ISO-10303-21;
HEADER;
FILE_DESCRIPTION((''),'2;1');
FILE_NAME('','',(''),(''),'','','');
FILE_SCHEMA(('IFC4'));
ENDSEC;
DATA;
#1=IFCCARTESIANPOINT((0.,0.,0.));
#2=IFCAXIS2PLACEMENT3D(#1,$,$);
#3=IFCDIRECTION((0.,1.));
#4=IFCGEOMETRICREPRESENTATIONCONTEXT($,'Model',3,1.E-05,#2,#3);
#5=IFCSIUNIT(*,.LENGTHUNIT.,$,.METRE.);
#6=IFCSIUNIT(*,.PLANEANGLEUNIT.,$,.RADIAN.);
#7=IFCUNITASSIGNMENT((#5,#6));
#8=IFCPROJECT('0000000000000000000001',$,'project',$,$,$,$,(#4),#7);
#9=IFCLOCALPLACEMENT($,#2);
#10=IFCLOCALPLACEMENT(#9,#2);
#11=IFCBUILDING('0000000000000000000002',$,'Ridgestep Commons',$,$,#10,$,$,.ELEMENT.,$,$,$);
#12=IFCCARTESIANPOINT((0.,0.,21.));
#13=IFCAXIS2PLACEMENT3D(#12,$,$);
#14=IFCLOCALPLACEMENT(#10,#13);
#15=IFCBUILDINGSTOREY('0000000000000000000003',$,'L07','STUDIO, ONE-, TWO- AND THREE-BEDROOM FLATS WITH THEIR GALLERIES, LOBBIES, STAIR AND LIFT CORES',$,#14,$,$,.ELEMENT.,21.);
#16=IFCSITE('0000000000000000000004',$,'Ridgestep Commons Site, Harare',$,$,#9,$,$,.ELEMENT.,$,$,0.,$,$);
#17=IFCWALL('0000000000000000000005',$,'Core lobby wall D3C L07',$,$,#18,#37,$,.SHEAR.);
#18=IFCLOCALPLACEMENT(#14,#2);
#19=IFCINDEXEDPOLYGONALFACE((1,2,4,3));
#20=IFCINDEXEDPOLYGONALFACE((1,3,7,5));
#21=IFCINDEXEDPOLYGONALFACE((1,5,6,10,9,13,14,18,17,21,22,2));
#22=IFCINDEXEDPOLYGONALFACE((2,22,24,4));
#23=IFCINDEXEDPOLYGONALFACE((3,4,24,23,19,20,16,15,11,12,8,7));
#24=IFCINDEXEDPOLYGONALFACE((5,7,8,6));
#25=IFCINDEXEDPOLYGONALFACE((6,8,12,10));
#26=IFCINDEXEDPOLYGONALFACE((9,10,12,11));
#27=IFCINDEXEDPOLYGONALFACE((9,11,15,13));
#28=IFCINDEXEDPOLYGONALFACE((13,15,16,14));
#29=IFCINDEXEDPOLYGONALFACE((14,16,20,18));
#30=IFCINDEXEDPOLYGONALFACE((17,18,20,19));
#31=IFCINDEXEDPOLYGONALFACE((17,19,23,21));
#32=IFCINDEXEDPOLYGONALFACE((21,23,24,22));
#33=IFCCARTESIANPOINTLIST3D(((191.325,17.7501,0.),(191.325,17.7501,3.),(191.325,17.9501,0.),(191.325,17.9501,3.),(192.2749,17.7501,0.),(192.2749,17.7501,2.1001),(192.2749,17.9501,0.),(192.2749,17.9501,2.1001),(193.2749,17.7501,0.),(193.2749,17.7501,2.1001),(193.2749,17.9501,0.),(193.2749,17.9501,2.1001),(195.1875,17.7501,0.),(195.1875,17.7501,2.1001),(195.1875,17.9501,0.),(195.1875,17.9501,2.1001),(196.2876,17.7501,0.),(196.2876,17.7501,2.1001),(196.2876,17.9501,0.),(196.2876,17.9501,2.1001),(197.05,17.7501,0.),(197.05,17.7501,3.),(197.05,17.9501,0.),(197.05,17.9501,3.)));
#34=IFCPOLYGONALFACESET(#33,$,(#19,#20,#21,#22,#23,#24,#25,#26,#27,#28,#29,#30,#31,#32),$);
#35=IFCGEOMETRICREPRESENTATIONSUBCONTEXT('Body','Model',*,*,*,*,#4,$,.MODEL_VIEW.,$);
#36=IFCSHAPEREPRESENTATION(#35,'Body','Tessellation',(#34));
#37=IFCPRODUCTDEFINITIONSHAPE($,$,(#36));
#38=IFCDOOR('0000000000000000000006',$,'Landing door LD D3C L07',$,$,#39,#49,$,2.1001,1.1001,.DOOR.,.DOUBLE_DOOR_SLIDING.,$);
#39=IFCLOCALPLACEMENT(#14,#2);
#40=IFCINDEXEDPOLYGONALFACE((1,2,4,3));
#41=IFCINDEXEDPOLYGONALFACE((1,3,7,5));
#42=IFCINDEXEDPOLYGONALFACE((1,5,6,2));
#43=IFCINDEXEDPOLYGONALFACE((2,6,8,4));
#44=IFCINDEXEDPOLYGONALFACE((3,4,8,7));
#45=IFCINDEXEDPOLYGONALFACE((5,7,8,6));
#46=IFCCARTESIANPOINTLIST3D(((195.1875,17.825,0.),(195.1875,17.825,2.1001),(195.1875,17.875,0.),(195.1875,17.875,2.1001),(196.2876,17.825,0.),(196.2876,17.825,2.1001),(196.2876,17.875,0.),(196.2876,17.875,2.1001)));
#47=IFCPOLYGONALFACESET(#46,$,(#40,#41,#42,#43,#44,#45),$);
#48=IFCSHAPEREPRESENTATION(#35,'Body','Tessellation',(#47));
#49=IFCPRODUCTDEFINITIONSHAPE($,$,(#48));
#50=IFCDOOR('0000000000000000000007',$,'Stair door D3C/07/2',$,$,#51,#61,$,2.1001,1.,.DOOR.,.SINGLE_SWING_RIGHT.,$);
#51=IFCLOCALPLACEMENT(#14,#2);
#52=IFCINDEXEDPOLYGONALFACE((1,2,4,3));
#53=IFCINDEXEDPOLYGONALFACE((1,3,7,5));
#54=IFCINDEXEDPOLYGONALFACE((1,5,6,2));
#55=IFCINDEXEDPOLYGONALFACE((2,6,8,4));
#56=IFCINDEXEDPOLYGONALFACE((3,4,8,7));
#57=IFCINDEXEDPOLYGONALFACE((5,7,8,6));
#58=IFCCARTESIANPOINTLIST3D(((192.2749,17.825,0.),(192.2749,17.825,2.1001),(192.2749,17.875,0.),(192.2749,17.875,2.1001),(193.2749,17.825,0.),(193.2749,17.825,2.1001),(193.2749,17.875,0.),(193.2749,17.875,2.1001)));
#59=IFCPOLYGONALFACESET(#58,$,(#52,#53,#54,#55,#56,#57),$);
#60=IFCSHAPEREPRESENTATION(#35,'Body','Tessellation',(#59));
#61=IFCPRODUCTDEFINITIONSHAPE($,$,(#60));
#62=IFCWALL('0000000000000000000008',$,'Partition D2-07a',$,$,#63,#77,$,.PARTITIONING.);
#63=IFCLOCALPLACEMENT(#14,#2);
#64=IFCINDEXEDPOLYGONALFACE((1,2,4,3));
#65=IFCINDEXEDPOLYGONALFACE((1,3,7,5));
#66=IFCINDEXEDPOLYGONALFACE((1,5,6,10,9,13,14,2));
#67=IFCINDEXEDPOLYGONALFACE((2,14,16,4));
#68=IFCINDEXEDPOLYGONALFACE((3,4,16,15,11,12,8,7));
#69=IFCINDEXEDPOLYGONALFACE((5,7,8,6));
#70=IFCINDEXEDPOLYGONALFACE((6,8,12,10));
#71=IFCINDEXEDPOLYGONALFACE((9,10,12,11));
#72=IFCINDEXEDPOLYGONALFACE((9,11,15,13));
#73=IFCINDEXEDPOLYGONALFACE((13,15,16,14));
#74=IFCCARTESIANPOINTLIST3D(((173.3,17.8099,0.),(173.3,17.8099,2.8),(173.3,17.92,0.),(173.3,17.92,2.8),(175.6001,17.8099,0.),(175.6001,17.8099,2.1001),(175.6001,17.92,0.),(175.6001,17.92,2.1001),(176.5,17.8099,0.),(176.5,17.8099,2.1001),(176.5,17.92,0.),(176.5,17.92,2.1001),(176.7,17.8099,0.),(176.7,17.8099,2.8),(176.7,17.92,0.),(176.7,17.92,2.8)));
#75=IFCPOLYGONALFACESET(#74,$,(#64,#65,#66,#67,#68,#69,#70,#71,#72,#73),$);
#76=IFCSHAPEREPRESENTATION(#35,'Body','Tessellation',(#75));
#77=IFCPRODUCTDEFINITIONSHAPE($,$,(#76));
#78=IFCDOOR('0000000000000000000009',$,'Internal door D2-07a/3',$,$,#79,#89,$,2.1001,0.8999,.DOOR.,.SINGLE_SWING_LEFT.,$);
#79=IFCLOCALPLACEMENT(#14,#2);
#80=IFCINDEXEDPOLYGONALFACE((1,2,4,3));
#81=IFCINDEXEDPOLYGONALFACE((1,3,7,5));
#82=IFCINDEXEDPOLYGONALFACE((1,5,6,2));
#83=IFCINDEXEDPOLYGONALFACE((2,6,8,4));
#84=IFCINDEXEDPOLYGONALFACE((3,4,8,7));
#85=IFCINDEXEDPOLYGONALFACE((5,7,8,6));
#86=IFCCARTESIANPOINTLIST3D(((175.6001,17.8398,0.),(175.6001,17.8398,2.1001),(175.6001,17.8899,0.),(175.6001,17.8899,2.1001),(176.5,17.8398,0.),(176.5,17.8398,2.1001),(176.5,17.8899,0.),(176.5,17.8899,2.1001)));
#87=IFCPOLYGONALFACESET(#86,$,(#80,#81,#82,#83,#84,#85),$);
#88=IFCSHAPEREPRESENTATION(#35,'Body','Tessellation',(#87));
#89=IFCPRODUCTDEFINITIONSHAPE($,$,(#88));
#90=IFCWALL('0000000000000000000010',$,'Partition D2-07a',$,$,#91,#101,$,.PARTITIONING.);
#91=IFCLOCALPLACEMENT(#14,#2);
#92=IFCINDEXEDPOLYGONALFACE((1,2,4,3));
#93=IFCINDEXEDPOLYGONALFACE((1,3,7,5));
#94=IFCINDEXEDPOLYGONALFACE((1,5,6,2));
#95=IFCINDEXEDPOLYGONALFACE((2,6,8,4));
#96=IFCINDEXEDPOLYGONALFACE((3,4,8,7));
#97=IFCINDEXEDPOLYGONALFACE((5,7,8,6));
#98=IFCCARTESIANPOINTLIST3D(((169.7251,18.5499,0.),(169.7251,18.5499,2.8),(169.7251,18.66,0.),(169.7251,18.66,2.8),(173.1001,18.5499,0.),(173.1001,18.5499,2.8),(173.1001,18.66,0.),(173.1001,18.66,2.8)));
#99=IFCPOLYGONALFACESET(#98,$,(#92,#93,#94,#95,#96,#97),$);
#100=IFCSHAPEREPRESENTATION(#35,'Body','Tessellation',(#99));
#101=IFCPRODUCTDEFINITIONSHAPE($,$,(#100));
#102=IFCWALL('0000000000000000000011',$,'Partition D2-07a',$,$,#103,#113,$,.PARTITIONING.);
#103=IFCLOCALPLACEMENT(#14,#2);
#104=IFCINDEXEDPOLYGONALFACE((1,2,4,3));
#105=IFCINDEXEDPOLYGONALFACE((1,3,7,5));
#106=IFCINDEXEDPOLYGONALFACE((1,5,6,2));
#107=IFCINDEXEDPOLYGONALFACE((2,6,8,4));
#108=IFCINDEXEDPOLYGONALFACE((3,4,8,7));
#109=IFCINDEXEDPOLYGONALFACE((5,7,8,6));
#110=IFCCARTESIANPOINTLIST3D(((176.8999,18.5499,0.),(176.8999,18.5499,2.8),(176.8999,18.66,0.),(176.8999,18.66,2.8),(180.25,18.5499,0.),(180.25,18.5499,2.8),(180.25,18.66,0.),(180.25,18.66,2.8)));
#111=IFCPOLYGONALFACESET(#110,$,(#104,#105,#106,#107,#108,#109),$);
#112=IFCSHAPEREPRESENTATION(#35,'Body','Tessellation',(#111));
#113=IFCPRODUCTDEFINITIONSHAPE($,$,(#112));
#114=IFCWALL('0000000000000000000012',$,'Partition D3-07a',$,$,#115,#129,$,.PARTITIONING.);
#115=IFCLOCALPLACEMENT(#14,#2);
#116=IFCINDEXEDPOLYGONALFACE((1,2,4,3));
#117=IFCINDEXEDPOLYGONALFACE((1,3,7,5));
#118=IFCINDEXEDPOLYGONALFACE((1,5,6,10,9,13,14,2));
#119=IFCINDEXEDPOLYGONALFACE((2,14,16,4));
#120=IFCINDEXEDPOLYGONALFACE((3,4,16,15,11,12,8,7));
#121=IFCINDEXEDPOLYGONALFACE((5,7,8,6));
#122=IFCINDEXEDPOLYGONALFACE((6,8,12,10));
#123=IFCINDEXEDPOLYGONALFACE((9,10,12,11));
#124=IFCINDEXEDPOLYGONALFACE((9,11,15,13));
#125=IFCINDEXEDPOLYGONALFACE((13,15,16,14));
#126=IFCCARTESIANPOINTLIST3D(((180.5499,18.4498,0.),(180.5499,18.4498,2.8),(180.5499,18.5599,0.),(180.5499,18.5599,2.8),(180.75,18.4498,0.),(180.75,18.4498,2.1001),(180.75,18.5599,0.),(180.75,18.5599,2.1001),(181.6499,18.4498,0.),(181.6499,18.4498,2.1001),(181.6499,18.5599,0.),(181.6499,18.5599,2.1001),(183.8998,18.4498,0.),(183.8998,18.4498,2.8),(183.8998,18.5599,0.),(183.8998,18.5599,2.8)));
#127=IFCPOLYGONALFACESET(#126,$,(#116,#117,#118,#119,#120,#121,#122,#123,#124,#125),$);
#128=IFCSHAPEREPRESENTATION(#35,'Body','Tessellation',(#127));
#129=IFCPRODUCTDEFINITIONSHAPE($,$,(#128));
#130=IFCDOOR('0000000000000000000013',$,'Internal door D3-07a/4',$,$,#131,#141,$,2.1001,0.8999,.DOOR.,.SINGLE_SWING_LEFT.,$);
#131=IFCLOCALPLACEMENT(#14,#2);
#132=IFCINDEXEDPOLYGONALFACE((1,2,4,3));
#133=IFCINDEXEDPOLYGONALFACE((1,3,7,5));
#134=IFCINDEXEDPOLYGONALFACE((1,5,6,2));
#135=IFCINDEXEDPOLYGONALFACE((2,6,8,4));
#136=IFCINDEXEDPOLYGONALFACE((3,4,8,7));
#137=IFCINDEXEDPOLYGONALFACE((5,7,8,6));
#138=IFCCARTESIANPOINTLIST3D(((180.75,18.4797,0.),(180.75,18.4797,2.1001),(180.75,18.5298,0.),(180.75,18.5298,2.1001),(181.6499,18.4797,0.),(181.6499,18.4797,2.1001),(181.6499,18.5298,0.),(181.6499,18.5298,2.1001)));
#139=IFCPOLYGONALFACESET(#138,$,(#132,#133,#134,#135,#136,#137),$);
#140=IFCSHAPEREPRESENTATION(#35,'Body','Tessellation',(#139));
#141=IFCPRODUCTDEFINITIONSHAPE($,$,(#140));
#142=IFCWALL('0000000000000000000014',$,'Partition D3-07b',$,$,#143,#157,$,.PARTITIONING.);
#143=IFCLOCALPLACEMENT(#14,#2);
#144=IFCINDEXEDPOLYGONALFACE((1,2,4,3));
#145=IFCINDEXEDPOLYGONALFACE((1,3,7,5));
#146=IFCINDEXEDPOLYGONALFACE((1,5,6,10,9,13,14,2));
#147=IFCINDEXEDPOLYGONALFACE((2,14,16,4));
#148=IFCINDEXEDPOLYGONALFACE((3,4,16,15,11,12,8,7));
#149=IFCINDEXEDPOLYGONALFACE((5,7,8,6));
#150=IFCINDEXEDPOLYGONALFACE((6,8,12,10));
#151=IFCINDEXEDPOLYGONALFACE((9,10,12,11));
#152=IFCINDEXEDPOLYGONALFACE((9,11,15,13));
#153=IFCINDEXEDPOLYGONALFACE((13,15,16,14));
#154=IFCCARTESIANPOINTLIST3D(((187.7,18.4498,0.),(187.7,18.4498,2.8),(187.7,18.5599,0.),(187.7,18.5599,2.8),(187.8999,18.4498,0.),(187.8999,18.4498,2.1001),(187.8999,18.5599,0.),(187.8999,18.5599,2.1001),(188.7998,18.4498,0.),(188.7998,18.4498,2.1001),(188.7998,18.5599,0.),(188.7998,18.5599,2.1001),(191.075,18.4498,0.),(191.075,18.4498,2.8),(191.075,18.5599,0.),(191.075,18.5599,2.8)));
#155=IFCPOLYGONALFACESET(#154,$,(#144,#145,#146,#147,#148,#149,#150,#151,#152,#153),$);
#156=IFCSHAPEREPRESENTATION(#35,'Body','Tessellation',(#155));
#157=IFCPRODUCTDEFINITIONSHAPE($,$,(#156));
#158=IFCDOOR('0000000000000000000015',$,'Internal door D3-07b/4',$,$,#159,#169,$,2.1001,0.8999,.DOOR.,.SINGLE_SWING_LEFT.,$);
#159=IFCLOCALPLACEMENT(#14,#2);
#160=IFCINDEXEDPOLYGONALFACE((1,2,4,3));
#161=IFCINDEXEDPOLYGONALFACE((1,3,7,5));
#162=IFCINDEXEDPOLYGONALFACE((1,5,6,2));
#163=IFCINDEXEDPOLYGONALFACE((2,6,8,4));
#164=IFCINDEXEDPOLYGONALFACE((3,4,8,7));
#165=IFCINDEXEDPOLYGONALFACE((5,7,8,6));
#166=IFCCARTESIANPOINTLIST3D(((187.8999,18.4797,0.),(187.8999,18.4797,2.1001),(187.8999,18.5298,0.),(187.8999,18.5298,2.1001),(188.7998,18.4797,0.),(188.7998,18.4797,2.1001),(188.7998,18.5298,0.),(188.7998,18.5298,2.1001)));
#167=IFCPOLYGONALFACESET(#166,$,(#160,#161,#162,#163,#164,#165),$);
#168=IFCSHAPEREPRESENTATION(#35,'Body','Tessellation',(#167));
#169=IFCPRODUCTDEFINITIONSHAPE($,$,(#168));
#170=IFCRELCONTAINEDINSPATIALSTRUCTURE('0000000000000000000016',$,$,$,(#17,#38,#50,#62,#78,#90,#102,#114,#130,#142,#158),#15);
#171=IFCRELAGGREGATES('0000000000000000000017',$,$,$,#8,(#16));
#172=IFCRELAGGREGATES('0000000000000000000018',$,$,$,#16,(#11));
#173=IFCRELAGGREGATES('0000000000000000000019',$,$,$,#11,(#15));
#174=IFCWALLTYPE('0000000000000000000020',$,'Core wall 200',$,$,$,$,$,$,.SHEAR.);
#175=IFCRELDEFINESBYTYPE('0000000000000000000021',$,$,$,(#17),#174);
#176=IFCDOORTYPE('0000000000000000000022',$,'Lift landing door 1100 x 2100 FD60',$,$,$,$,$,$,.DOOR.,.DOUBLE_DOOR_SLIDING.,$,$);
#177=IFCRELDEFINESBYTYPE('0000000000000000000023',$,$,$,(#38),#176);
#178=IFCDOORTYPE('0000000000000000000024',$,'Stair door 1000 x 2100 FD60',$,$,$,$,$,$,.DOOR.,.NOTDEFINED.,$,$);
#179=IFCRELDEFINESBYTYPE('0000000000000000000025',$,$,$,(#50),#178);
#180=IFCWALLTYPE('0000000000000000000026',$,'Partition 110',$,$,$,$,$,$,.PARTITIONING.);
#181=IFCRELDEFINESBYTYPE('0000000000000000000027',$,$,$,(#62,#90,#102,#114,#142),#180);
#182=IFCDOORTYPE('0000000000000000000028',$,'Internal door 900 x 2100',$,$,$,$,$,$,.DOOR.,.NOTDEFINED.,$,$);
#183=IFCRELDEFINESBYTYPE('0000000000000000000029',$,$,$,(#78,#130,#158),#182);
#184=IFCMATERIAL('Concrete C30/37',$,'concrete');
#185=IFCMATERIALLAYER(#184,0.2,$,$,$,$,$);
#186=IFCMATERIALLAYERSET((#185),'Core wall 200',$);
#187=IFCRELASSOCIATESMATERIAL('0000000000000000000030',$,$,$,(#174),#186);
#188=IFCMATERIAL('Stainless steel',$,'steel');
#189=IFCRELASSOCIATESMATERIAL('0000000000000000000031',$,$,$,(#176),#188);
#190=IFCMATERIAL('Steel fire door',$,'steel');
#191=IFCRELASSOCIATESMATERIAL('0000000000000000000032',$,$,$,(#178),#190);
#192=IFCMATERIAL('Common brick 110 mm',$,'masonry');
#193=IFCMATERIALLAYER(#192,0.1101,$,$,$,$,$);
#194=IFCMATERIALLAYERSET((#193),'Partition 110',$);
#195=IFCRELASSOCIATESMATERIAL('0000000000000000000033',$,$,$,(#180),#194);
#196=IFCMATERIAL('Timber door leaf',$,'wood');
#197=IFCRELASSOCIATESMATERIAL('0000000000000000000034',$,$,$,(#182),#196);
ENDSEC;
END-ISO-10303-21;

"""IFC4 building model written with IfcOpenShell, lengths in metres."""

from ifc_helpers import new_model, si_unit, direction, frame, frame_2d, origin, place, context, subcontext, project, spatial, rectangle, extrude, material, layer, layer_set, type_object, element, fill, save


model = new_model("IFC4")

# Units and contexts
model_context = context("Model", 3, precision=1e-05, world=origin(), true_north=direction((0.0, 1.0)))
body_context = subcontext(model_context, "Body", "Model", "MODEL_VIEW")
ifc_project = project(units=[si_unit("LENGTHUNIT", "METRE"), si_unit("PLANEANGLEUNIT", "RADIAN")], contexts=[model_context])

# Site, building, storey
site_placement = place(None, origin())
site = spatial("IfcSite", under=ifc_project, at=site_placement, Name="Ridgestep Commons Site, Harare", CompositionType="ELEMENT", RefElevation=0.0)
building_placement = place(site_placement, origin())
building = spatial("IfcBuilding", under=site, at=building_placement, Name="Ridgestep Commons", CompositionType="ELEMENT")
storey_placement = place(building_placement, frame((0.0, 0.0, 21.0)))
storey = spatial("IfcBuildingStorey", under=building, at=storey_placement, Name="L07", Description="STUDIO, ONE-, TWO- AND THREE-BEDROOM FLATS WITH THEIR GALLERIES, LOBBIES, STAIR AND LIFT CORES", CompositionType="ELEMENT", Elevation=21.0)

# Wall, openings, doors
ifc_material_1 = material(Name="Concrete C30/37", Category="concrete")
ifc_layer_1 = layer(ifc_material_1, 0.2)
ifc_layer_set_1 = layer_set([ifc_layer_1], Name="Core wall 200")
wall_type_1 = type_object("IfcWallType", Name="Core wall 200", PredefinedType="SHEAR", material=ifc_layer_set_1)
wall_1_placement = place(storey_placement, frame((191.325, 17.8501, 0.0), z_axis=(0.0, 0.0, 1.0), x_axis=(1.0, 0.0, 0.0)))
wall_1 = element("IfcWall", 1, at=wall_1_placement, inside=storey, type_object=wall_type_1, Name="Core lobby wall D3C L07", PredefinedType="SHEAR", context=body_context, shape_type="SweptSolid", body=[
    extrude(rectangle(XDim=5.7251, YDim=0.2, at=frame_2d((2.8625, 0.0))), origin(), (0.0, 0.0, 1.0), 3.0),
])
opening_1_placement = place(wall_1_placement, frame((0.95, 0.0, 0.0)))
opening_1 = element("IfcOpeningElement", 2, at=opening_1_placement, cuts=wall_1, PredefinedType="OPENING", context=body_context, shape_type="SweptSolid", body=[
    extrude(rectangle(XDim=1.0, YDim=2.1001, at=frame_2d((0.5, 1.05))), frame((0.0, 0.1099, 0.0), z_axis=(0.0, -1.0, 0.0), x_axis=(1.0, 0.0, 0.0)), (0.0, 0.0, 1.0), 0.22),
])
opening_2_placement = place(wall_1_placement, frame((3.8625, 0.0, 0.0)))
opening_2 = element("IfcOpeningElement", 3, at=opening_2_placement, cuts=wall_1, PredefinedType="OPENING", context=body_context, shape_type="SweptSolid", body=[
    extrude(rectangle(XDim=1.1001, YDim=2.1001, at=frame_2d((0.55, 1.05))), frame((0.0, 0.1099, 0.0), z_axis=(0.0, -1.0, 0.0), x_axis=(1.0, 0.0, 0.0)), (0.0, 0.0, 1.0), 0.22),
])
ifc_material_2 = material(Name="Stainless steel", Category="steel")
door_type_1 = type_object("IfcDoorType", Name="Lift landing door 1100 x 2100 FD60", OperationType="DOUBLE_DOOR_SLIDING", PredefinedType="DOOR", material=ifc_material_2)
door_1_placement = place(opening_2_placement, origin())
door_1 = element("IfcDoor", 4, at=door_1_placement, inside=storey, type_object=door_type_1, Name="Landing door LD D3C L07", OperationType="DOUBLE_DOOR_SLIDING", OverallHeight=2.1001, OverallWidth=1.1001, PredefinedType="DOOR", context=body_context, shape_type="SweptSolid", body=[
    extrude(rectangle(XDim=1.1001, YDim=2.1001, at=frame_2d((0.55, 1.05))), frame((0.0, 0.0249, 0.0), z_axis=(0.0, -1.0, 0.0), x_axis=(1.0, 0.0, 0.0)), (0.0, 0.0, 1.0), 0.05),
])
fill(opening_2, door_1)
ifc_material_3 = material(Name="Steel fire door", Category="steel")
door_type_2 = type_object("IfcDoorType", Name="Stair door 1000 x 2100 FD60", OperationType="NOTDEFINED", PredefinedType="DOOR", material=ifc_material_3)
door_2_placement = place(opening_1_placement, origin())
door_2 = element("IfcDoor", 5, at=door_2_placement, inside=storey, type_object=door_type_2, Name="Stair door D3C/07/2", OperationType="SINGLE_SWING_RIGHT", OverallHeight=2.1001, OverallWidth=1.0, PredefinedType="DOOR", context=body_context, shape_type="SweptSolid", body=[
    extrude(rectangle(XDim=1.0, YDim=2.1001, at=frame_2d((0.5, 1.05))), frame((0.0, 0.0249, 0.0), z_axis=(0.0, -1.0, 0.0), x_axis=(1.0, 0.0, 0.0)), (0.0, 0.0, 1.0), 0.05),
])
fill(opening_1, door_2)

# Wall, opening, door
ifc_material_4 = material(Name="Common brick 110 mm", Category="masonry")
ifc_layer_2 = layer(ifc_material_4, 0.1101)
ifc_layer_set_2 = layer_set([ifc_layer_2], Name="Partition 110")
wall_type_2 = type_object("IfcWallType", Name="Partition 110", PredefinedType="PARTITIONING", material=ifc_layer_set_2)
wall_2_placement = place(storey_placement, frame((173.3, 17.865, 0.0), z_axis=(0.0, 0.0, 1.0), x_axis=(1.0, 0.0, 0.0)))
wall_2 = element("IfcWall", 6, at=wall_2_placement, inside=storey, type_object=wall_type_2, Name="Partition D2-07a", PredefinedType="PARTITIONING", context=body_context, shape_type="SweptSolid", body=[
    extrude(rectangle(XDim=3.3999, YDim=0.1101, at=frame_2d((1.7, 0.0))), origin(), (0.0, 0.0, 1.0), 2.8),
])
opening_3_placement = place(wall_2_placement, frame((2.3, 0.0, 0.0)))
opening_3 = element("IfcOpeningElement", 7, at=opening_3_placement, cuts=wall_2, PredefinedType="OPENING", context=body_context, shape_type="SweptSolid", body=[
    extrude(rectangle(XDim=0.8999, YDim=2.1001, at=frame_2d((0.45, 1.05))), frame((0.0, 0.0649, 0.0), z_axis=(0.0, -1.0, 0.0), x_axis=(1.0, 0.0, 0.0)), (0.0, 0.0, 1.0), 0.1301),
])
ifc_material_5 = material(Name="Timber door leaf", Category="wood")
door_type_3 = type_object("IfcDoorType", Name="Internal door 900 x 2100", OperationType="NOTDEFINED", PredefinedType="DOOR", material=ifc_material_5)
door_3_placement = place(opening_3_placement, origin())
door_3 = element("IfcDoor", 8, at=door_3_placement, inside=storey, type_object=door_type_3, Name="Internal door D2-07a/3", OperationType="SINGLE_SWING_LEFT", OverallHeight=2.1001, OverallWidth=0.8999, PredefinedType="DOOR", context=body_context, shape_type="SweptSolid", body=[
    extrude(rectangle(XDim=0.8999, YDim=2.1001, at=frame_2d((0.45, 1.05))), frame((0.0, 0.0249, 0.0), z_axis=(0.0, -1.0, 0.0), x_axis=(1.0, 0.0, 0.0)), (0.0, 0.0, 1.0), 0.05),
])
fill(opening_3, door_3)

# Walls
wall_3_placement = place(storey_placement, frame((169.7251, 18.605, 0.0), z_axis=(0.0, 0.0, 1.0), x_axis=(1.0, 0.0, 0.0)))
element("IfcWall", 9, at=wall_3_placement, inside=storey, type_object=wall_type_2, Name="Partition D2-07a", PredefinedType="PARTITIONING", context=body_context, shape_type="SweptSolid", body=[
    extrude(rectangle(XDim=3.375, YDim=0.1101, at=frame_2d((1.6875, 0.0))), origin(), (0.0, 0.0, 1.0), 2.8),
])
wall_4_placement = place(storey_placement, frame((176.8999, 18.605, 0.0), z_axis=(0.0, 0.0, 1.0), x_axis=(1.0, 0.0, 0.0)))
element("IfcWall", 10, at=wall_4_placement, inside=storey, type_object=wall_type_2, Name="Partition D2-07a", PredefinedType="PARTITIONING", context=body_context, shape_type="SweptSolid", body=[
    extrude(rectangle(XDim=3.3501, YDim=0.1101, at=frame_2d((1.675, 0.0))), origin(), (0.0, 0.0, 1.0), 2.8),
])

# Walls, openings, doors
wall_5_placement = place(storey_placement, frame((180.55, 18.5049, 0.0), z_axis=(0.0, 0.0, 1.0), x_axis=(1.0, 0.0, 0.0)))
wall_5 = element("IfcWall", 11, at=wall_5_placement, inside=storey, type_object=wall_type_2, Name="Partition D3-07a", PredefinedType="PARTITIONING", context=body_context, shape_type="SweptSolid", body=[
    extrude(rectangle(XDim=3.3499, YDim=0.1101, at=frame_2d((1.6748, 0.0))), origin(), (0.0, 0.0, 1.0), 2.8),
])
opening_4_placement = place(wall_5_placement, frame((0.2, 0.0, 0.0)))
opening_4 = element("IfcOpeningElement", 12, at=opening_4_placement, cuts=wall_5, PredefinedType="OPENING", context=body_context, shape_type="SweptSolid", body=[
    extrude(rectangle(XDim=0.8999, YDim=2.1001, at=frame_2d((0.45, 1.05))), frame((0.0, 0.0649, 0.0), z_axis=(0.0, -1.0, 0.0), x_axis=(1.0, 0.0, 0.0)), (0.0, 0.0, 1.0), 0.1301),
])
door_4_placement = place(opening_4_placement, origin())
door_4 = element("IfcDoor", 13, at=door_4_placement, inside=storey, type_object=door_type_3, Name="Internal door D3-07a/4", OperationType="SINGLE_SWING_LEFT", OverallHeight=2.1001, OverallWidth=0.8999, PredefinedType="DOOR", context=body_context, shape_type="SweptSolid", body=[
    extrude(rectangle(XDim=0.8999, YDim=2.1001, at=frame_2d((0.45, 1.05))), frame((0.0, 0.0249, 0.0), z_axis=(0.0, -1.0, 0.0), x_axis=(1.0, 0.0, 0.0)), (0.0, 0.0, 1.0), 0.05),
])
fill(opening_4, door_4)
wall_6_placement = place(storey_placement, frame((187.7, 18.5049, 0.0), z_axis=(0.0, 0.0, 1.0), x_axis=(1.0, 0.0, 0.0)))
wall_6 = element("IfcWall", 14, at=wall_6_placement, inside=storey, type_object=wall_type_2, Name="Partition D3-07b", PredefinedType="PARTITIONING", context=body_context, shape_type="SweptSolid", body=[
    extrude(rectangle(XDim=3.375, YDim=0.1101, at=frame_2d((1.6875, 0.0))), origin(), (0.0, 0.0, 1.0), 2.8),
])
opening_5_placement = place(wall_6_placement, frame((0.2, 0.0, 0.0)))
opening_5 = element("IfcOpeningElement", 15, at=opening_5_placement, cuts=wall_6, PredefinedType="OPENING", context=body_context, shape_type="SweptSolid", body=[
    extrude(rectangle(XDim=0.8999, YDim=2.1001, at=frame_2d((0.45, 1.05))), frame((0.0, 0.0649, 0.0), z_axis=(0.0, -1.0, 0.0), x_axis=(1.0, 0.0, 0.0)), (0.0, 0.0, 1.0), 0.1301),
])
door_5_placement = place(opening_5_placement, origin())
door_5 = element("IfcDoor", 16, at=door_5_placement, inside=storey, type_object=door_type_3, Name="Internal door D3-07b/4", OperationType="SINGLE_SWING_LEFT", OverallHeight=2.1001, OverallWidth=0.8999, PredefinedType="DOOR", context=body_context, shape_type="SweptSolid", body=[
    extrude(rectangle(XDim=0.8999, YDim=2.1001, at=frame_2d((0.45, 1.05))), frame((0.0, 0.0249, 0.0), z_axis=(0.0, -1.0, 0.0), x_axis=(1.0, 0.0, 0.0)), (0.0, 0.0, 1.0), 0.05),
])
fill(opening_5, door_5)

save(model, "model.ifc")
